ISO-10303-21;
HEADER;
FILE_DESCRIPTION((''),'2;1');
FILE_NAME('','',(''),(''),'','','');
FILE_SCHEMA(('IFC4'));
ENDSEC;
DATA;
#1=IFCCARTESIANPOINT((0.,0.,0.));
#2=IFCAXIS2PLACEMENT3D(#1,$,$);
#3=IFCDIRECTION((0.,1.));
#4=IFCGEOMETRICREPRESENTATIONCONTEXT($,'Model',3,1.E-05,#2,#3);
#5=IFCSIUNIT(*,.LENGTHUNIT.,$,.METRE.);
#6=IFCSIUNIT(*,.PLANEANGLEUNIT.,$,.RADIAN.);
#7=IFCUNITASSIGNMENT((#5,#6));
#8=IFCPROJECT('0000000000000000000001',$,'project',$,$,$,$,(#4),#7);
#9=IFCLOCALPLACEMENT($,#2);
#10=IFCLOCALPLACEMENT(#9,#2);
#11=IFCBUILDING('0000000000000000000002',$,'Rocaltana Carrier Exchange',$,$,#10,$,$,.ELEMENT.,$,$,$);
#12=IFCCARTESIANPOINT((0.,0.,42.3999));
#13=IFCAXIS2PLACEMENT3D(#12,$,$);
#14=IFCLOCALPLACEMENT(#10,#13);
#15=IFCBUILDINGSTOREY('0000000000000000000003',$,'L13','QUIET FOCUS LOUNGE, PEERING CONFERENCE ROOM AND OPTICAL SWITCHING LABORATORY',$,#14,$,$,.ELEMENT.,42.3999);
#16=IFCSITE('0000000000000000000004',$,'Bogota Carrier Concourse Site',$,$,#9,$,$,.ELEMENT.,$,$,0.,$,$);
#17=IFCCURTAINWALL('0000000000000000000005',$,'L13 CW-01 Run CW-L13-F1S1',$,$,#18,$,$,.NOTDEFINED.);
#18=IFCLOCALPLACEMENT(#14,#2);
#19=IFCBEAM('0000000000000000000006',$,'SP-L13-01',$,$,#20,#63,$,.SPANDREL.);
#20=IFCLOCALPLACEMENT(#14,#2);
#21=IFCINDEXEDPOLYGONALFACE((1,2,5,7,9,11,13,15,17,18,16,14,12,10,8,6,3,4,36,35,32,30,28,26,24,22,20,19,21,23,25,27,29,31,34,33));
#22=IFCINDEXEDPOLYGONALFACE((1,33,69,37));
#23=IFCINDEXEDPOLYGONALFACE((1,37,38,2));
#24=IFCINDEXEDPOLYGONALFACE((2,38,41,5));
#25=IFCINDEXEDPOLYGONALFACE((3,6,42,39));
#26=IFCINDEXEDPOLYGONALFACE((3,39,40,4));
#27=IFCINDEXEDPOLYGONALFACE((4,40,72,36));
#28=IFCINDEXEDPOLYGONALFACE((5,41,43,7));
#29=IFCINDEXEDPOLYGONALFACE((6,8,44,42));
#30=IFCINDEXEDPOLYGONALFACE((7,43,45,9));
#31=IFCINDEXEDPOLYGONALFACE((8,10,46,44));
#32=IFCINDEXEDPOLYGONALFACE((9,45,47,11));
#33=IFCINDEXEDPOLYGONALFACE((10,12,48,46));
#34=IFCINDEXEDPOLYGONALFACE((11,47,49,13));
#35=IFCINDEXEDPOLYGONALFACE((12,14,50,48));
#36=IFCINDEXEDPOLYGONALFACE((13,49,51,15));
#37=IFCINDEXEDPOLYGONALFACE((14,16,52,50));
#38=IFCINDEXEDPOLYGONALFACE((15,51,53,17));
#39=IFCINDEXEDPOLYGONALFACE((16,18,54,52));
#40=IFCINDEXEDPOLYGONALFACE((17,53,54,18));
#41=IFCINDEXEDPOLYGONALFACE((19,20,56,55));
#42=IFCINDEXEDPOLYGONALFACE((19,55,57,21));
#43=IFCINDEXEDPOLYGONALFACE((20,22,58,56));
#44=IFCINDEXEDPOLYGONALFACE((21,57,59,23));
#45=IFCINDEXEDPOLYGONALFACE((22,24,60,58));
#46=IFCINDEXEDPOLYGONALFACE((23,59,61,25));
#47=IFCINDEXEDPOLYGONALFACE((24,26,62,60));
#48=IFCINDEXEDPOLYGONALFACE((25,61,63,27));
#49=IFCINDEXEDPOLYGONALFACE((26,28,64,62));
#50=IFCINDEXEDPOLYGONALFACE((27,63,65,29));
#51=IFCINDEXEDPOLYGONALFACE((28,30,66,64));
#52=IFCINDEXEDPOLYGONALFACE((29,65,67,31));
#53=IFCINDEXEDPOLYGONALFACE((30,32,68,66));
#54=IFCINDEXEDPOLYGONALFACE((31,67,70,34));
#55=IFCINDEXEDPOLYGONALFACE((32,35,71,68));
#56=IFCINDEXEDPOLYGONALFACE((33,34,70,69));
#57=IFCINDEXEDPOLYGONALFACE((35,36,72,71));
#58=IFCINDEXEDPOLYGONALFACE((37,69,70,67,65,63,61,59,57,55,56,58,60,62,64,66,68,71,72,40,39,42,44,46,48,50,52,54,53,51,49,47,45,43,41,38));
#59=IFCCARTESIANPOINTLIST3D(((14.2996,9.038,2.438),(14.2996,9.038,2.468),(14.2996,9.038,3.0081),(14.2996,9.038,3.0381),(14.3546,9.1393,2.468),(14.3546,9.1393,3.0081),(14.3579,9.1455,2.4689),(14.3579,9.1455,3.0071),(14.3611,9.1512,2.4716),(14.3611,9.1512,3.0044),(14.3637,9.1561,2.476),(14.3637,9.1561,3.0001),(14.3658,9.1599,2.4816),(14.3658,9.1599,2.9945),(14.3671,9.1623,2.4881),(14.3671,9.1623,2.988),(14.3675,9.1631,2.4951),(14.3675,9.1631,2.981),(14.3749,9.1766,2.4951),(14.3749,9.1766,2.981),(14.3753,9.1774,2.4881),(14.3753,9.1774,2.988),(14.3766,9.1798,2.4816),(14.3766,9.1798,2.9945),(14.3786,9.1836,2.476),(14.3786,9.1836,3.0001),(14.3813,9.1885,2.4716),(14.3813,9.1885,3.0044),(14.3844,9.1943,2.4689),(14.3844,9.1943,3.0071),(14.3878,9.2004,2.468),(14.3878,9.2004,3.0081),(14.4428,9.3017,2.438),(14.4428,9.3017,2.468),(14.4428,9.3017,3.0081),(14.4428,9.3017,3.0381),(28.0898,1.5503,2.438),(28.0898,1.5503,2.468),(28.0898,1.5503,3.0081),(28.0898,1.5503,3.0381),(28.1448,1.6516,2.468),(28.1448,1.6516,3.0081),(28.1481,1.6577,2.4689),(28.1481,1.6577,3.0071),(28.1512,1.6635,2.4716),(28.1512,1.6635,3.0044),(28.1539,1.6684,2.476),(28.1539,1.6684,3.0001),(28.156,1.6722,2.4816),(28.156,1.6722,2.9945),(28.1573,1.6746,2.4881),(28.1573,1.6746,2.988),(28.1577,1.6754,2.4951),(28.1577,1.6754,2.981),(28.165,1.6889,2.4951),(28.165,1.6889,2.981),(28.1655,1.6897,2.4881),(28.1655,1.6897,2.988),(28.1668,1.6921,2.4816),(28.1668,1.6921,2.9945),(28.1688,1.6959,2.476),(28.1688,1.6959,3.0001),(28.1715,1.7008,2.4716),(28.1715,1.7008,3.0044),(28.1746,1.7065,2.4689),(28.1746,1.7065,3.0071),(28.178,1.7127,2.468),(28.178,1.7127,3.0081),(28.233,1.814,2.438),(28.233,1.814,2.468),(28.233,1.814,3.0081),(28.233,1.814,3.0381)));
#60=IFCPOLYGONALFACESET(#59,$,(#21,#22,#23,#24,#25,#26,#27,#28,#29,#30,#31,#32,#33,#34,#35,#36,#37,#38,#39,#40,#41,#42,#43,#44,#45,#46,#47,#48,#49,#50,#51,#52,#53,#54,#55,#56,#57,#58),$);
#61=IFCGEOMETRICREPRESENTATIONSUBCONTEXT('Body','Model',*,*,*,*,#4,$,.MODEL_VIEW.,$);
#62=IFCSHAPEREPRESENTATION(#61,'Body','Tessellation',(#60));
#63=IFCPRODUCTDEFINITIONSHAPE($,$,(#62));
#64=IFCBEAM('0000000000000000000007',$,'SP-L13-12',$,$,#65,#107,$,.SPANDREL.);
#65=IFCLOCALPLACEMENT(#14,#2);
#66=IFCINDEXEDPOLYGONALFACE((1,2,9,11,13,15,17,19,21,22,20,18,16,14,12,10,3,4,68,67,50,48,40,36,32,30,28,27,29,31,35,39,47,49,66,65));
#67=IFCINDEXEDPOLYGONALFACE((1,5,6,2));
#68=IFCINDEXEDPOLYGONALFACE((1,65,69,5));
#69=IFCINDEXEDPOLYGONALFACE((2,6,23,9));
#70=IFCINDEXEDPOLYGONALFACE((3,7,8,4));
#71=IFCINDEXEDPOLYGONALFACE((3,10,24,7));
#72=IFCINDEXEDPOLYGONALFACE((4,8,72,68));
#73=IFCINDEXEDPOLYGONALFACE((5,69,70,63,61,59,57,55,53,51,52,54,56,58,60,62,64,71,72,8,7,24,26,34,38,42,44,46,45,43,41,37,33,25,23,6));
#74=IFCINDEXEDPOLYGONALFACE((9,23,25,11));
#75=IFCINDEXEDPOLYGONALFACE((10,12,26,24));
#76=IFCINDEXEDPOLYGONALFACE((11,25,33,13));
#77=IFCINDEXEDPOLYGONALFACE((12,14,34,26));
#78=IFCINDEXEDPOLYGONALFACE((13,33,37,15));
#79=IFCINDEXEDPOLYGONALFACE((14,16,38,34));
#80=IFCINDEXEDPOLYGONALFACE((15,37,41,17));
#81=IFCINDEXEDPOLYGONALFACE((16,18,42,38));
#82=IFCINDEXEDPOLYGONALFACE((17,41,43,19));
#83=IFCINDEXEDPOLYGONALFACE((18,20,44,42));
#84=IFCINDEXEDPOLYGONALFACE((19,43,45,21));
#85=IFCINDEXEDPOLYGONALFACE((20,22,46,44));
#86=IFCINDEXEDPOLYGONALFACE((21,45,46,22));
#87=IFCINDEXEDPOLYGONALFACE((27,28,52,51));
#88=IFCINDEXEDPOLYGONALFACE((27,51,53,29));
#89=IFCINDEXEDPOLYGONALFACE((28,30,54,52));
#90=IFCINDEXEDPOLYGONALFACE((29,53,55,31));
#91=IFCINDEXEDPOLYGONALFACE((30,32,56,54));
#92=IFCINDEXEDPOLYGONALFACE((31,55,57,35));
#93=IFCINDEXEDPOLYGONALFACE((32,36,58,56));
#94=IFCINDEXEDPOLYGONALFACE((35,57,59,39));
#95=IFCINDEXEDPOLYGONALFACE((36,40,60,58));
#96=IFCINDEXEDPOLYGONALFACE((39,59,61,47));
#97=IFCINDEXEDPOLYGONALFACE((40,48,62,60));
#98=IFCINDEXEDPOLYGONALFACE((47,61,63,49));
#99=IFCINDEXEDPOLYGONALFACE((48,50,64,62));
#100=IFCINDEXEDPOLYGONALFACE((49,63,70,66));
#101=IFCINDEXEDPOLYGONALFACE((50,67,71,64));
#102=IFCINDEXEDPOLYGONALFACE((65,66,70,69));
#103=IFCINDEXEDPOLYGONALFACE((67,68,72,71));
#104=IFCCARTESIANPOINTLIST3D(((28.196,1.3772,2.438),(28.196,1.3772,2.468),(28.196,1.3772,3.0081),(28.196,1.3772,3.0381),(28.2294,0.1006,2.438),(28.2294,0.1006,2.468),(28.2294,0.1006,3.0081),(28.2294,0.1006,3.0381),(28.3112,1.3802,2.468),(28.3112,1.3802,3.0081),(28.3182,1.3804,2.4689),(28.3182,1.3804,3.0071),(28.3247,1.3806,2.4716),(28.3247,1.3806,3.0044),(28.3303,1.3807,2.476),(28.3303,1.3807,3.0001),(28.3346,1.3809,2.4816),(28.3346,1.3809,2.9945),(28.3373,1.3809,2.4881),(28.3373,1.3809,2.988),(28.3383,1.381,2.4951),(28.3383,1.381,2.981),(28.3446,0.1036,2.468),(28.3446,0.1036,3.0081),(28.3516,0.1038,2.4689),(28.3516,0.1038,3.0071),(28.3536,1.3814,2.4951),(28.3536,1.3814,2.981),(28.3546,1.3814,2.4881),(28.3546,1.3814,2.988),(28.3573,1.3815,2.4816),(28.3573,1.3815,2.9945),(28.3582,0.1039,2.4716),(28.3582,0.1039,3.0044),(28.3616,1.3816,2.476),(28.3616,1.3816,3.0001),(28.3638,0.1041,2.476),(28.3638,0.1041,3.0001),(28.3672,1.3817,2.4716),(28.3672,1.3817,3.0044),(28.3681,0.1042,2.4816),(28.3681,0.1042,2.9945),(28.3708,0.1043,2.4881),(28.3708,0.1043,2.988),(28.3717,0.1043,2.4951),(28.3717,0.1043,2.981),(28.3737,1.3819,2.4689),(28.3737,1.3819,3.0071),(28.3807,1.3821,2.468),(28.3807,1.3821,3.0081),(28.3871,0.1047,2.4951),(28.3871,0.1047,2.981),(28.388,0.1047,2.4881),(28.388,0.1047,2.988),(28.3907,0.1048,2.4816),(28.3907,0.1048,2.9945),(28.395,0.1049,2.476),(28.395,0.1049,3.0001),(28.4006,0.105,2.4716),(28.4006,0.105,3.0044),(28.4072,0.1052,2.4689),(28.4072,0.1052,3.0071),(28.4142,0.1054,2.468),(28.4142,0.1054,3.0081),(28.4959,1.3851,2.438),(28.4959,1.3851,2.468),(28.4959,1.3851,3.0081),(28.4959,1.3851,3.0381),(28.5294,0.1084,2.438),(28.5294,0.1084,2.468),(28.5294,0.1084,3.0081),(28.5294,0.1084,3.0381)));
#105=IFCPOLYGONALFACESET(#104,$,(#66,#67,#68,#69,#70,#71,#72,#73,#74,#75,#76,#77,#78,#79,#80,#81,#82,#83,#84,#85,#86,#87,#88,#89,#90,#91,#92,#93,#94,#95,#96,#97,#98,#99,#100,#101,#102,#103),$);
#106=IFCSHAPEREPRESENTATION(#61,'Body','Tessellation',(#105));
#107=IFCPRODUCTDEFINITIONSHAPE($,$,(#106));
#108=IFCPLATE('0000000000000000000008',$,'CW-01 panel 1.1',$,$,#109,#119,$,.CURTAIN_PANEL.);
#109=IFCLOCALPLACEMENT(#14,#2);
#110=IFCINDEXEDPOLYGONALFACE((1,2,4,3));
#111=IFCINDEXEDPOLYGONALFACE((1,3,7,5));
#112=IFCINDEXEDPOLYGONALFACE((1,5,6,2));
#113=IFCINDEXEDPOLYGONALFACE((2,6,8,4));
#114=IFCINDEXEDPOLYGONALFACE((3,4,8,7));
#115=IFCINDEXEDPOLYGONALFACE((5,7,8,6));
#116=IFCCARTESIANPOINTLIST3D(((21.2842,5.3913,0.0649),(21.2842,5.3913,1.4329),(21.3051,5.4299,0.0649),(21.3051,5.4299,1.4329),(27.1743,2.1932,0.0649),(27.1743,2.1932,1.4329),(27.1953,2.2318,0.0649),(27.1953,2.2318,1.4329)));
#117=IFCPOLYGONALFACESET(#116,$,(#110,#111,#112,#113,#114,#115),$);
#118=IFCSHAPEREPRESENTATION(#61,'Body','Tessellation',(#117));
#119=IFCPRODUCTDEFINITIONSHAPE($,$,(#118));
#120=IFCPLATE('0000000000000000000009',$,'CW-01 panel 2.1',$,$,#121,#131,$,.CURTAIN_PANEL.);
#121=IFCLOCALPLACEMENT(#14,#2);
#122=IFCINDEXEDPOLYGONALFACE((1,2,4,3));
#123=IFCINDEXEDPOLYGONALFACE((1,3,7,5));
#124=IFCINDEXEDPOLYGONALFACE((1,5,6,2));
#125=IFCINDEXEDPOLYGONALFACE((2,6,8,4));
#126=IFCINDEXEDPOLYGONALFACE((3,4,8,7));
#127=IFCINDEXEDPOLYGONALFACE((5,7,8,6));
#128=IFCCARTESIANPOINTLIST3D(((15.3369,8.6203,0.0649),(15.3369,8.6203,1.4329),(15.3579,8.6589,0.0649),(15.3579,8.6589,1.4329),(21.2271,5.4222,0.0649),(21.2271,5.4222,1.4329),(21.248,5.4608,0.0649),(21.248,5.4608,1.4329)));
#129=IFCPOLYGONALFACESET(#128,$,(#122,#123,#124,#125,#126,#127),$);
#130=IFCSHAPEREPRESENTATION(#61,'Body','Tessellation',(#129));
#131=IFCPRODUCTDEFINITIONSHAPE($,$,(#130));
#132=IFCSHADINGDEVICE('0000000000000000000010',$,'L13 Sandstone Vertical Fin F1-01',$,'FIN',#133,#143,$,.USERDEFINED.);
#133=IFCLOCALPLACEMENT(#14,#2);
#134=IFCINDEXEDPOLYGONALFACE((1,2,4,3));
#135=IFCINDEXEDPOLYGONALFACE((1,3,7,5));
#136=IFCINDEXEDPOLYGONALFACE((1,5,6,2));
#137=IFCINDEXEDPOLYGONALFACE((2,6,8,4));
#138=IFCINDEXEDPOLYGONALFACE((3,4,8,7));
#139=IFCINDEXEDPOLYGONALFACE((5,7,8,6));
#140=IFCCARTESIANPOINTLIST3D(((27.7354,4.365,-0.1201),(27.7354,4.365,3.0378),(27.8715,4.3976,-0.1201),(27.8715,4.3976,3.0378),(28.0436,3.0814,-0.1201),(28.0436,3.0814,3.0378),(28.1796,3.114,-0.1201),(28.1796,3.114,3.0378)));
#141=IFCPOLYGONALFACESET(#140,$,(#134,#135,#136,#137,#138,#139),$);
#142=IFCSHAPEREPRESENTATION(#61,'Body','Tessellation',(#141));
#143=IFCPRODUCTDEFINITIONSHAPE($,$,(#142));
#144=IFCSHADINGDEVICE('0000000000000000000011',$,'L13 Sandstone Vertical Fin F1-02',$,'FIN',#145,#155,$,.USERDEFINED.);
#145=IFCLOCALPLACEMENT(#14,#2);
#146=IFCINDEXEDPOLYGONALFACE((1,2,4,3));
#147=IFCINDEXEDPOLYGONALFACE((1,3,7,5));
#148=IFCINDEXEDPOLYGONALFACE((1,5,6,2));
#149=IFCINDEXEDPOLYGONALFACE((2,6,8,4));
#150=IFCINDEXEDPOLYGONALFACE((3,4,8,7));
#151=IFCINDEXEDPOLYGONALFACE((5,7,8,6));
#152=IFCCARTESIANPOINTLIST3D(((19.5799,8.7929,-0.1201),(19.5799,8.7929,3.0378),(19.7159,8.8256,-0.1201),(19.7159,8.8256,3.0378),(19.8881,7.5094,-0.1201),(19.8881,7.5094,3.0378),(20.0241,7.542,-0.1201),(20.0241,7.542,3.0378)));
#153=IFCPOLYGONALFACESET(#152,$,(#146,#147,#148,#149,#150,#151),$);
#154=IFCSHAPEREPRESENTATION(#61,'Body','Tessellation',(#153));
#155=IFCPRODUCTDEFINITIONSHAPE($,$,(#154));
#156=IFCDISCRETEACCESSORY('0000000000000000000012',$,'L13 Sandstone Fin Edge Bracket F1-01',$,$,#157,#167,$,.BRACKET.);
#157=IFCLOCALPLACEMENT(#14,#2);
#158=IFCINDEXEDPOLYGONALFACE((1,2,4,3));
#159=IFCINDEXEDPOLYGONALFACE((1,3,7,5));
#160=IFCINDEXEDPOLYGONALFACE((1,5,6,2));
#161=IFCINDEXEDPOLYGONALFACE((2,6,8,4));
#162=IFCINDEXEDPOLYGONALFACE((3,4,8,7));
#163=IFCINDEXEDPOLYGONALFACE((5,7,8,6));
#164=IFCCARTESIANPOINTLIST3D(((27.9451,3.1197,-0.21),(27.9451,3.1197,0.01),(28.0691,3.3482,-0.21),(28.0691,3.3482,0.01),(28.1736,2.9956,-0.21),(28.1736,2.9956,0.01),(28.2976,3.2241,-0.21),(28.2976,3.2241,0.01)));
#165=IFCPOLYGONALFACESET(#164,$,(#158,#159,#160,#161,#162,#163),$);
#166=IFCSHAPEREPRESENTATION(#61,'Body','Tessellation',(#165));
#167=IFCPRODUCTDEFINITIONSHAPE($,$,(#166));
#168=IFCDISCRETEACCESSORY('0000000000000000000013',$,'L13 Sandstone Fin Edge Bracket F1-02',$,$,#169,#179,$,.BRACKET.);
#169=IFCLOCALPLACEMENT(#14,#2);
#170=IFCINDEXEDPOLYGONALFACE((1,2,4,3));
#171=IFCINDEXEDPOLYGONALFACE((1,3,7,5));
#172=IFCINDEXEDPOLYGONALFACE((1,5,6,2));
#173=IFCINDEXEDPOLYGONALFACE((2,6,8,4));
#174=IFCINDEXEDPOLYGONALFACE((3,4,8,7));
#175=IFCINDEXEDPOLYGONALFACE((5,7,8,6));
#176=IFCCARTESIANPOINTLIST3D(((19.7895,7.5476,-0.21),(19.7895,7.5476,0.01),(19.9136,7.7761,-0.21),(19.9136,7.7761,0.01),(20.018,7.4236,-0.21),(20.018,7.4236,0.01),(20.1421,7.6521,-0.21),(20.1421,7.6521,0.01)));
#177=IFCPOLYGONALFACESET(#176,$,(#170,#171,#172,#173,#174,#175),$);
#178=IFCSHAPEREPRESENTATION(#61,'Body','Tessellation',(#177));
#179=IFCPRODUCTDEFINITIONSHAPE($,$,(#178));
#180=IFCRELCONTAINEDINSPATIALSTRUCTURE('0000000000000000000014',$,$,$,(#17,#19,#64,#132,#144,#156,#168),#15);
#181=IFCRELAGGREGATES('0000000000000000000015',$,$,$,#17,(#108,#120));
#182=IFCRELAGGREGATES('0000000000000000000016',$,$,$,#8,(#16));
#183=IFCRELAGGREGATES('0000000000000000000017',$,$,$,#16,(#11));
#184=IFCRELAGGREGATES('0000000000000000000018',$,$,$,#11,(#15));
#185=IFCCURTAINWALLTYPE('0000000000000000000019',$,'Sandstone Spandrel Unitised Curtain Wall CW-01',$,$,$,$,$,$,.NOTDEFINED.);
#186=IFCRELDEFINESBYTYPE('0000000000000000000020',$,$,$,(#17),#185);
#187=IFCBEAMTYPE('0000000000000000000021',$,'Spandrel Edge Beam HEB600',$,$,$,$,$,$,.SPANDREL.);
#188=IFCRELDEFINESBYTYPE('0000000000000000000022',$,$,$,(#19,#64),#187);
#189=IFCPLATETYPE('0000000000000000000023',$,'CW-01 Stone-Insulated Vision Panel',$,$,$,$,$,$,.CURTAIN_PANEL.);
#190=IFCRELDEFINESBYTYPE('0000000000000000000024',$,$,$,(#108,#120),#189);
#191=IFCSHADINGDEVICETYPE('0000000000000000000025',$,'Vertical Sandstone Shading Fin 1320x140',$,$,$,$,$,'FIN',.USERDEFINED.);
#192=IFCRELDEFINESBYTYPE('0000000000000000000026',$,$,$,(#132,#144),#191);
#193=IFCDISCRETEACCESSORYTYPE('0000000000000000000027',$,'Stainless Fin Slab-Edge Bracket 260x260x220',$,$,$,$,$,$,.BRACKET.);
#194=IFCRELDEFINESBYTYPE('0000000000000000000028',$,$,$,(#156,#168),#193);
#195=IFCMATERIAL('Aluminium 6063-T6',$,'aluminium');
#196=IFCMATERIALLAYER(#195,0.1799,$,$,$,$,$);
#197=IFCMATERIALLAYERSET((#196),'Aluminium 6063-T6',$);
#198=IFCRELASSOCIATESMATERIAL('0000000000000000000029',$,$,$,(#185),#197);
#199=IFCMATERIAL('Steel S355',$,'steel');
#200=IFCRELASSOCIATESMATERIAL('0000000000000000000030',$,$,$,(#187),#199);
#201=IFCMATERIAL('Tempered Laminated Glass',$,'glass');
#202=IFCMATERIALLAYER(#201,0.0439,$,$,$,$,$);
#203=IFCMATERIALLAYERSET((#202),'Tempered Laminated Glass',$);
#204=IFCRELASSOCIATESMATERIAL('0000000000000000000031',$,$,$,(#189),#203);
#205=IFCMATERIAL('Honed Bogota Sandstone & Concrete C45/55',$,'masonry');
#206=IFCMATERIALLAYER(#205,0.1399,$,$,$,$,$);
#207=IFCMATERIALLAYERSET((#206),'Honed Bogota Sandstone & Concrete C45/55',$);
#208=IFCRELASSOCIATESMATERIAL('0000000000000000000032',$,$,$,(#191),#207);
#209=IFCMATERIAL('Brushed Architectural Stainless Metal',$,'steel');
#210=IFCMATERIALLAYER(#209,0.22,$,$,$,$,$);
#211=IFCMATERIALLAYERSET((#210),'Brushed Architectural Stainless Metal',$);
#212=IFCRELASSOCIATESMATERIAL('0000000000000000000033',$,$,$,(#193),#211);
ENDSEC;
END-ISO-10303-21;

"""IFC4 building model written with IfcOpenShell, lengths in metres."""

from ifc_helpers import new_model, si_unit, direction, frame, origin, origin_2d, place, context, subcontext, project, spatial, rectangle, i_section, extrude, material, layer, layer_set, material_profile, profile_set, type_object, element, aggregate, save


model = new_model("IFC4")

# Units and contexts
model_context = context("Model", 3, precision=1e-05, world=origin(), true_north=direction((0.0, 1.0)))
body_context = subcontext(model_context, "Body", "Model", "MODEL_VIEW")
ifc_project = project(units=[si_unit("LENGTHUNIT", "METRE"), si_unit("PLANEANGLEUNIT", "RADIAN")], contexts=[model_context])

# Site, building, storey
site_placement = place(None, origin())
site = spatial("IfcSite", under=ifc_project, at=site_placement, Name="Bogota Carrier Concourse Site", CompositionType="ELEMENT", RefElevation=0.0)
building_placement = place(site_placement, origin())
building = spatial("IfcBuilding", under=site, at=building_placement, Name="Rocaltana Carrier Exchange", CompositionType="ELEMENT")
storey_placement = place(building_placement, frame((0.0, 0.0, 42.3999)))
storey = spatial("IfcBuildingStorey", under=building, at=storey_placement, Name="L13", Description="QUIET FOCUS LOUNGE, PEERING CONFERENCE ROOM AND OPTICAL SWITCHING LABORATORY", CompositionType="ELEMENT", Elevation=42.3999)

# Curtain wall
ifc_material_1 = material(Name="Aluminium 6063-T6", Category="aluminium")
ifc_layer_1 = layer(ifc_material_1, 0.1799)
ifc_layer_set_1 = layer_set([ifc_layer_1], Name="Aluminium 6063-T6")
curtain_wall_type = type_object("IfcCurtainWallType", Name="Sandstone Spandrel Unitised Curtain Wall CW-01", PredefinedType="NOTDEFINED", material=ifc_layer_set_1)
curtain_wall_placement = place(storey_placement, origin())
curtain_wall = element("IfcCurtainWall", 1, at=curtain_wall_placement, inside=storey, type_object=curtain_wall_type, Name="L13 CW-01 Run CW-L13-F1S1", PredefinedType="NOTDEFINED")

# Beams
ifc_material_2 = material(Name="Steel S355", Category="steel")
ifc_material_profile_1 = material_profile(ifc_material_2, i_section(OverallWidth=0.3, OverallDepth=0.6001, WebThickness=0.0154, FlangeThickness=0.03, FilletRadius=0.0271, at=origin_2d()), Name="HEB600")
ifc_profile_set_1 = profile_set([ifc_material_profile_1], Name="Steel S355")
beam_type_1 = type_object("IfcBeamType", Name="Spandrel Edge Beam HEB600", PredefinedType="SPANDREL", material=ifc_profile_set_1)
beam_1_placement = place(storey_placement, frame((28.1614, 1.6821, 2.738), z_axis=(-0.87881, 0.477173, 0.0), x_axis=(-0.477173, -0.87881, 0.0)))
element("IfcBeam", 2, at=beam_1_placement, inside=storey, type_object=beam_type_1, Name="SP-L13-01", PredefinedType="SPANDREL", context=body_context, shape_type="SweptSolid", body=[
    extrude(i_section(OverallWidth=0.3, OverallDepth=0.6001, WebThickness=0.0154, FlangeThickness=0.03, FilletRadius=0.0271, at=origin_2d()), origin(), (0.0, 0.0, 1.0), 15.6919),
])
beam_2_placement = place(storey_placement, frame((28.3794, 0.1045, 2.738), z_axis=(-0.026191, 0.999657, 0.0), x_axis=(-0.999657, -0.026191, 0.0)))
element("IfcBeam", 3, at=beam_2_placement, inside=storey, type_object=beam_type_1, Name="SP-L13-12", PredefinedType="SPANDREL", context=body_context, shape_type="SweptSolid", body=[
    extrude(i_section(OverallWidth=0.3, OverallDepth=0.6001, WebThickness=0.0154, FlangeThickness=0.03, FilletRadius=0.0271, at=origin_2d()), origin(), (0.0, 0.0, 1.0), 1.2771),
])

# Plates
ifc_material_3 = material(Name="Tempered Laminated Glass", Category="glass")
ifc_layer_2 = layer(ifc_material_3, 0.0439)
ifc_layer_set_2 = layer_set([ifc_layer_2], Name="Tempered Laminated Glass")
plate_type = type_object("IfcPlateType", Name="CW-01 Stone-Insulated Vision Panel", PredefinedType="CURTAIN_PANEL", material=ifc_layer_set_2)
plate_1_placement = place(storey_placement, frame((24.2397, 3.8115, 0.0649), z_axis=(0.0, 0.0, 1.0), x_axis=(-0.878816, 0.477161, 0.0)))
plate_1 = element("IfcPlate", 4, at=plate_1_placement, type_object=plate_type, Name="CW-01 panel 1.1", PredefinedType="CURTAIN_PANEL", context=body_context, shape_type="SweptSolid", body=[
    extrude(rectangle(XDim=6.7024, YDim=0.0439, at=origin_2d()), origin(), (0.0, 0.0, 1.0), 1.3679),
])
plate_2_placement = place(storey_placement, frame((18.2925, 7.0405, 0.0649), z_axis=(0.0, 0.0, 1.0), x_axis=(-0.878816, 0.477161, 0.0)))
plate_2 = element("IfcPlate", 5, at=plate_2_placement, type_object=plate_type, Name="CW-01 panel 2.1", PredefinedType="CURTAIN_PANEL", context=body_context, shape_type="SweptSolid", body=[
    extrude(rectangle(XDim=6.7024, YDim=0.0439, at=origin_2d()), origin(), (0.0, 0.0, 1.0), 1.3679),
])
aggregate(curtain_wall, [plate_1, plate_2])

# Shading devices
ifc_material_4 = material(Name="Honed Bogota Sandstone & Concrete C45/55", Category="masonry")
ifc_layer_3 = layer(ifc_material_4, 0.1399)
ifc_layer_set_3 = layer_set([ifc_layer_3], Name="Honed Bogota Sandstone & Concrete C45/55")
shading_device_type = type_object("IfcShadingDeviceType", Name="Vertical Sandstone Shading Fin 1320x140", ElementType="FIN", PredefinedType="USERDEFINED", material=ifc_layer_set_3)
for number, where, z_axis, x_axis, name in (
    (6, (27.9575, 3.7395, -0.1201), (0.0, 0.0, 1.0), (-0.233445, 0.97237, 0.0), "L13 Sandstone Vertical Fin F1-01"),
    (7, (19.802, 8.1675, -0.1201), (0.0, 0.0, 1.0), (-0.233445, 0.97237, 0.0), "L13 Sandstone Vertical Fin F1-02"),
):
    element("IfcShadingDevice", number, at=place(storey_placement, frame(where, z_axis=z_axis, x_axis=x_axis)), inside=storey, type_object=shading_device_type, Name=name, ObjectType="FIN", PredefinedType="USERDEFINED", context=body_context, shape_type="SweptSolid", body=[
        extrude(rectangle(XDim=1.3201, YDim=0.1399, at=origin_2d()), origin(), (0.0, 0.0, 1.0), 3.158),
    ])

# Discrete accessories
ifc_material_5 = material(Name="Brushed Architectural Stainless Metal", Category="steel")
ifc_layer_4 = layer(ifc_material_5, 0.22)
ifc_layer_set_4 = layer_set([ifc_layer_4], Name="Brushed Architectural Stainless Metal")
discrete_accessory_type = type_object("IfcDiscreteAccessoryType", Name="Stainless Fin Slab-Edge Bracket 260x260x220", PredefinedType="BRACKET", material=ifc_layer_set_4)
for number, where, z_axis, x_axis, name in (
    (8, (28.1213, 3.1719, -0.21), (0.0, 0.0, 1.0), (-0.878817, 0.477159, 0.0), "L13 Sandstone Fin Edge Bracket F1-01"),
    (9, (19.9658, 7.5999, -0.21), (0.0, 0.0, 1.0), (-0.878817, 0.477159, 0.0), "L13 Sandstone Fin Edge Bracket F1-02"),
):
    element("IfcDiscreteAccessory", number, at=place(storey_placement, frame(where, z_axis=z_axis, x_axis=x_axis)), inside=storey, type_object=discrete_accessory_type, Name=name, PredefinedType="BRACKET", context=body_context, shape_type="SweptSolid", body=[
        extrude(rectangle(XDim=0.26, YDim=0.26, at=origin_2d()), origin(), (0.0, 0.0, 1.0), 0.22),
    ])

save(model, "model.ifc")
